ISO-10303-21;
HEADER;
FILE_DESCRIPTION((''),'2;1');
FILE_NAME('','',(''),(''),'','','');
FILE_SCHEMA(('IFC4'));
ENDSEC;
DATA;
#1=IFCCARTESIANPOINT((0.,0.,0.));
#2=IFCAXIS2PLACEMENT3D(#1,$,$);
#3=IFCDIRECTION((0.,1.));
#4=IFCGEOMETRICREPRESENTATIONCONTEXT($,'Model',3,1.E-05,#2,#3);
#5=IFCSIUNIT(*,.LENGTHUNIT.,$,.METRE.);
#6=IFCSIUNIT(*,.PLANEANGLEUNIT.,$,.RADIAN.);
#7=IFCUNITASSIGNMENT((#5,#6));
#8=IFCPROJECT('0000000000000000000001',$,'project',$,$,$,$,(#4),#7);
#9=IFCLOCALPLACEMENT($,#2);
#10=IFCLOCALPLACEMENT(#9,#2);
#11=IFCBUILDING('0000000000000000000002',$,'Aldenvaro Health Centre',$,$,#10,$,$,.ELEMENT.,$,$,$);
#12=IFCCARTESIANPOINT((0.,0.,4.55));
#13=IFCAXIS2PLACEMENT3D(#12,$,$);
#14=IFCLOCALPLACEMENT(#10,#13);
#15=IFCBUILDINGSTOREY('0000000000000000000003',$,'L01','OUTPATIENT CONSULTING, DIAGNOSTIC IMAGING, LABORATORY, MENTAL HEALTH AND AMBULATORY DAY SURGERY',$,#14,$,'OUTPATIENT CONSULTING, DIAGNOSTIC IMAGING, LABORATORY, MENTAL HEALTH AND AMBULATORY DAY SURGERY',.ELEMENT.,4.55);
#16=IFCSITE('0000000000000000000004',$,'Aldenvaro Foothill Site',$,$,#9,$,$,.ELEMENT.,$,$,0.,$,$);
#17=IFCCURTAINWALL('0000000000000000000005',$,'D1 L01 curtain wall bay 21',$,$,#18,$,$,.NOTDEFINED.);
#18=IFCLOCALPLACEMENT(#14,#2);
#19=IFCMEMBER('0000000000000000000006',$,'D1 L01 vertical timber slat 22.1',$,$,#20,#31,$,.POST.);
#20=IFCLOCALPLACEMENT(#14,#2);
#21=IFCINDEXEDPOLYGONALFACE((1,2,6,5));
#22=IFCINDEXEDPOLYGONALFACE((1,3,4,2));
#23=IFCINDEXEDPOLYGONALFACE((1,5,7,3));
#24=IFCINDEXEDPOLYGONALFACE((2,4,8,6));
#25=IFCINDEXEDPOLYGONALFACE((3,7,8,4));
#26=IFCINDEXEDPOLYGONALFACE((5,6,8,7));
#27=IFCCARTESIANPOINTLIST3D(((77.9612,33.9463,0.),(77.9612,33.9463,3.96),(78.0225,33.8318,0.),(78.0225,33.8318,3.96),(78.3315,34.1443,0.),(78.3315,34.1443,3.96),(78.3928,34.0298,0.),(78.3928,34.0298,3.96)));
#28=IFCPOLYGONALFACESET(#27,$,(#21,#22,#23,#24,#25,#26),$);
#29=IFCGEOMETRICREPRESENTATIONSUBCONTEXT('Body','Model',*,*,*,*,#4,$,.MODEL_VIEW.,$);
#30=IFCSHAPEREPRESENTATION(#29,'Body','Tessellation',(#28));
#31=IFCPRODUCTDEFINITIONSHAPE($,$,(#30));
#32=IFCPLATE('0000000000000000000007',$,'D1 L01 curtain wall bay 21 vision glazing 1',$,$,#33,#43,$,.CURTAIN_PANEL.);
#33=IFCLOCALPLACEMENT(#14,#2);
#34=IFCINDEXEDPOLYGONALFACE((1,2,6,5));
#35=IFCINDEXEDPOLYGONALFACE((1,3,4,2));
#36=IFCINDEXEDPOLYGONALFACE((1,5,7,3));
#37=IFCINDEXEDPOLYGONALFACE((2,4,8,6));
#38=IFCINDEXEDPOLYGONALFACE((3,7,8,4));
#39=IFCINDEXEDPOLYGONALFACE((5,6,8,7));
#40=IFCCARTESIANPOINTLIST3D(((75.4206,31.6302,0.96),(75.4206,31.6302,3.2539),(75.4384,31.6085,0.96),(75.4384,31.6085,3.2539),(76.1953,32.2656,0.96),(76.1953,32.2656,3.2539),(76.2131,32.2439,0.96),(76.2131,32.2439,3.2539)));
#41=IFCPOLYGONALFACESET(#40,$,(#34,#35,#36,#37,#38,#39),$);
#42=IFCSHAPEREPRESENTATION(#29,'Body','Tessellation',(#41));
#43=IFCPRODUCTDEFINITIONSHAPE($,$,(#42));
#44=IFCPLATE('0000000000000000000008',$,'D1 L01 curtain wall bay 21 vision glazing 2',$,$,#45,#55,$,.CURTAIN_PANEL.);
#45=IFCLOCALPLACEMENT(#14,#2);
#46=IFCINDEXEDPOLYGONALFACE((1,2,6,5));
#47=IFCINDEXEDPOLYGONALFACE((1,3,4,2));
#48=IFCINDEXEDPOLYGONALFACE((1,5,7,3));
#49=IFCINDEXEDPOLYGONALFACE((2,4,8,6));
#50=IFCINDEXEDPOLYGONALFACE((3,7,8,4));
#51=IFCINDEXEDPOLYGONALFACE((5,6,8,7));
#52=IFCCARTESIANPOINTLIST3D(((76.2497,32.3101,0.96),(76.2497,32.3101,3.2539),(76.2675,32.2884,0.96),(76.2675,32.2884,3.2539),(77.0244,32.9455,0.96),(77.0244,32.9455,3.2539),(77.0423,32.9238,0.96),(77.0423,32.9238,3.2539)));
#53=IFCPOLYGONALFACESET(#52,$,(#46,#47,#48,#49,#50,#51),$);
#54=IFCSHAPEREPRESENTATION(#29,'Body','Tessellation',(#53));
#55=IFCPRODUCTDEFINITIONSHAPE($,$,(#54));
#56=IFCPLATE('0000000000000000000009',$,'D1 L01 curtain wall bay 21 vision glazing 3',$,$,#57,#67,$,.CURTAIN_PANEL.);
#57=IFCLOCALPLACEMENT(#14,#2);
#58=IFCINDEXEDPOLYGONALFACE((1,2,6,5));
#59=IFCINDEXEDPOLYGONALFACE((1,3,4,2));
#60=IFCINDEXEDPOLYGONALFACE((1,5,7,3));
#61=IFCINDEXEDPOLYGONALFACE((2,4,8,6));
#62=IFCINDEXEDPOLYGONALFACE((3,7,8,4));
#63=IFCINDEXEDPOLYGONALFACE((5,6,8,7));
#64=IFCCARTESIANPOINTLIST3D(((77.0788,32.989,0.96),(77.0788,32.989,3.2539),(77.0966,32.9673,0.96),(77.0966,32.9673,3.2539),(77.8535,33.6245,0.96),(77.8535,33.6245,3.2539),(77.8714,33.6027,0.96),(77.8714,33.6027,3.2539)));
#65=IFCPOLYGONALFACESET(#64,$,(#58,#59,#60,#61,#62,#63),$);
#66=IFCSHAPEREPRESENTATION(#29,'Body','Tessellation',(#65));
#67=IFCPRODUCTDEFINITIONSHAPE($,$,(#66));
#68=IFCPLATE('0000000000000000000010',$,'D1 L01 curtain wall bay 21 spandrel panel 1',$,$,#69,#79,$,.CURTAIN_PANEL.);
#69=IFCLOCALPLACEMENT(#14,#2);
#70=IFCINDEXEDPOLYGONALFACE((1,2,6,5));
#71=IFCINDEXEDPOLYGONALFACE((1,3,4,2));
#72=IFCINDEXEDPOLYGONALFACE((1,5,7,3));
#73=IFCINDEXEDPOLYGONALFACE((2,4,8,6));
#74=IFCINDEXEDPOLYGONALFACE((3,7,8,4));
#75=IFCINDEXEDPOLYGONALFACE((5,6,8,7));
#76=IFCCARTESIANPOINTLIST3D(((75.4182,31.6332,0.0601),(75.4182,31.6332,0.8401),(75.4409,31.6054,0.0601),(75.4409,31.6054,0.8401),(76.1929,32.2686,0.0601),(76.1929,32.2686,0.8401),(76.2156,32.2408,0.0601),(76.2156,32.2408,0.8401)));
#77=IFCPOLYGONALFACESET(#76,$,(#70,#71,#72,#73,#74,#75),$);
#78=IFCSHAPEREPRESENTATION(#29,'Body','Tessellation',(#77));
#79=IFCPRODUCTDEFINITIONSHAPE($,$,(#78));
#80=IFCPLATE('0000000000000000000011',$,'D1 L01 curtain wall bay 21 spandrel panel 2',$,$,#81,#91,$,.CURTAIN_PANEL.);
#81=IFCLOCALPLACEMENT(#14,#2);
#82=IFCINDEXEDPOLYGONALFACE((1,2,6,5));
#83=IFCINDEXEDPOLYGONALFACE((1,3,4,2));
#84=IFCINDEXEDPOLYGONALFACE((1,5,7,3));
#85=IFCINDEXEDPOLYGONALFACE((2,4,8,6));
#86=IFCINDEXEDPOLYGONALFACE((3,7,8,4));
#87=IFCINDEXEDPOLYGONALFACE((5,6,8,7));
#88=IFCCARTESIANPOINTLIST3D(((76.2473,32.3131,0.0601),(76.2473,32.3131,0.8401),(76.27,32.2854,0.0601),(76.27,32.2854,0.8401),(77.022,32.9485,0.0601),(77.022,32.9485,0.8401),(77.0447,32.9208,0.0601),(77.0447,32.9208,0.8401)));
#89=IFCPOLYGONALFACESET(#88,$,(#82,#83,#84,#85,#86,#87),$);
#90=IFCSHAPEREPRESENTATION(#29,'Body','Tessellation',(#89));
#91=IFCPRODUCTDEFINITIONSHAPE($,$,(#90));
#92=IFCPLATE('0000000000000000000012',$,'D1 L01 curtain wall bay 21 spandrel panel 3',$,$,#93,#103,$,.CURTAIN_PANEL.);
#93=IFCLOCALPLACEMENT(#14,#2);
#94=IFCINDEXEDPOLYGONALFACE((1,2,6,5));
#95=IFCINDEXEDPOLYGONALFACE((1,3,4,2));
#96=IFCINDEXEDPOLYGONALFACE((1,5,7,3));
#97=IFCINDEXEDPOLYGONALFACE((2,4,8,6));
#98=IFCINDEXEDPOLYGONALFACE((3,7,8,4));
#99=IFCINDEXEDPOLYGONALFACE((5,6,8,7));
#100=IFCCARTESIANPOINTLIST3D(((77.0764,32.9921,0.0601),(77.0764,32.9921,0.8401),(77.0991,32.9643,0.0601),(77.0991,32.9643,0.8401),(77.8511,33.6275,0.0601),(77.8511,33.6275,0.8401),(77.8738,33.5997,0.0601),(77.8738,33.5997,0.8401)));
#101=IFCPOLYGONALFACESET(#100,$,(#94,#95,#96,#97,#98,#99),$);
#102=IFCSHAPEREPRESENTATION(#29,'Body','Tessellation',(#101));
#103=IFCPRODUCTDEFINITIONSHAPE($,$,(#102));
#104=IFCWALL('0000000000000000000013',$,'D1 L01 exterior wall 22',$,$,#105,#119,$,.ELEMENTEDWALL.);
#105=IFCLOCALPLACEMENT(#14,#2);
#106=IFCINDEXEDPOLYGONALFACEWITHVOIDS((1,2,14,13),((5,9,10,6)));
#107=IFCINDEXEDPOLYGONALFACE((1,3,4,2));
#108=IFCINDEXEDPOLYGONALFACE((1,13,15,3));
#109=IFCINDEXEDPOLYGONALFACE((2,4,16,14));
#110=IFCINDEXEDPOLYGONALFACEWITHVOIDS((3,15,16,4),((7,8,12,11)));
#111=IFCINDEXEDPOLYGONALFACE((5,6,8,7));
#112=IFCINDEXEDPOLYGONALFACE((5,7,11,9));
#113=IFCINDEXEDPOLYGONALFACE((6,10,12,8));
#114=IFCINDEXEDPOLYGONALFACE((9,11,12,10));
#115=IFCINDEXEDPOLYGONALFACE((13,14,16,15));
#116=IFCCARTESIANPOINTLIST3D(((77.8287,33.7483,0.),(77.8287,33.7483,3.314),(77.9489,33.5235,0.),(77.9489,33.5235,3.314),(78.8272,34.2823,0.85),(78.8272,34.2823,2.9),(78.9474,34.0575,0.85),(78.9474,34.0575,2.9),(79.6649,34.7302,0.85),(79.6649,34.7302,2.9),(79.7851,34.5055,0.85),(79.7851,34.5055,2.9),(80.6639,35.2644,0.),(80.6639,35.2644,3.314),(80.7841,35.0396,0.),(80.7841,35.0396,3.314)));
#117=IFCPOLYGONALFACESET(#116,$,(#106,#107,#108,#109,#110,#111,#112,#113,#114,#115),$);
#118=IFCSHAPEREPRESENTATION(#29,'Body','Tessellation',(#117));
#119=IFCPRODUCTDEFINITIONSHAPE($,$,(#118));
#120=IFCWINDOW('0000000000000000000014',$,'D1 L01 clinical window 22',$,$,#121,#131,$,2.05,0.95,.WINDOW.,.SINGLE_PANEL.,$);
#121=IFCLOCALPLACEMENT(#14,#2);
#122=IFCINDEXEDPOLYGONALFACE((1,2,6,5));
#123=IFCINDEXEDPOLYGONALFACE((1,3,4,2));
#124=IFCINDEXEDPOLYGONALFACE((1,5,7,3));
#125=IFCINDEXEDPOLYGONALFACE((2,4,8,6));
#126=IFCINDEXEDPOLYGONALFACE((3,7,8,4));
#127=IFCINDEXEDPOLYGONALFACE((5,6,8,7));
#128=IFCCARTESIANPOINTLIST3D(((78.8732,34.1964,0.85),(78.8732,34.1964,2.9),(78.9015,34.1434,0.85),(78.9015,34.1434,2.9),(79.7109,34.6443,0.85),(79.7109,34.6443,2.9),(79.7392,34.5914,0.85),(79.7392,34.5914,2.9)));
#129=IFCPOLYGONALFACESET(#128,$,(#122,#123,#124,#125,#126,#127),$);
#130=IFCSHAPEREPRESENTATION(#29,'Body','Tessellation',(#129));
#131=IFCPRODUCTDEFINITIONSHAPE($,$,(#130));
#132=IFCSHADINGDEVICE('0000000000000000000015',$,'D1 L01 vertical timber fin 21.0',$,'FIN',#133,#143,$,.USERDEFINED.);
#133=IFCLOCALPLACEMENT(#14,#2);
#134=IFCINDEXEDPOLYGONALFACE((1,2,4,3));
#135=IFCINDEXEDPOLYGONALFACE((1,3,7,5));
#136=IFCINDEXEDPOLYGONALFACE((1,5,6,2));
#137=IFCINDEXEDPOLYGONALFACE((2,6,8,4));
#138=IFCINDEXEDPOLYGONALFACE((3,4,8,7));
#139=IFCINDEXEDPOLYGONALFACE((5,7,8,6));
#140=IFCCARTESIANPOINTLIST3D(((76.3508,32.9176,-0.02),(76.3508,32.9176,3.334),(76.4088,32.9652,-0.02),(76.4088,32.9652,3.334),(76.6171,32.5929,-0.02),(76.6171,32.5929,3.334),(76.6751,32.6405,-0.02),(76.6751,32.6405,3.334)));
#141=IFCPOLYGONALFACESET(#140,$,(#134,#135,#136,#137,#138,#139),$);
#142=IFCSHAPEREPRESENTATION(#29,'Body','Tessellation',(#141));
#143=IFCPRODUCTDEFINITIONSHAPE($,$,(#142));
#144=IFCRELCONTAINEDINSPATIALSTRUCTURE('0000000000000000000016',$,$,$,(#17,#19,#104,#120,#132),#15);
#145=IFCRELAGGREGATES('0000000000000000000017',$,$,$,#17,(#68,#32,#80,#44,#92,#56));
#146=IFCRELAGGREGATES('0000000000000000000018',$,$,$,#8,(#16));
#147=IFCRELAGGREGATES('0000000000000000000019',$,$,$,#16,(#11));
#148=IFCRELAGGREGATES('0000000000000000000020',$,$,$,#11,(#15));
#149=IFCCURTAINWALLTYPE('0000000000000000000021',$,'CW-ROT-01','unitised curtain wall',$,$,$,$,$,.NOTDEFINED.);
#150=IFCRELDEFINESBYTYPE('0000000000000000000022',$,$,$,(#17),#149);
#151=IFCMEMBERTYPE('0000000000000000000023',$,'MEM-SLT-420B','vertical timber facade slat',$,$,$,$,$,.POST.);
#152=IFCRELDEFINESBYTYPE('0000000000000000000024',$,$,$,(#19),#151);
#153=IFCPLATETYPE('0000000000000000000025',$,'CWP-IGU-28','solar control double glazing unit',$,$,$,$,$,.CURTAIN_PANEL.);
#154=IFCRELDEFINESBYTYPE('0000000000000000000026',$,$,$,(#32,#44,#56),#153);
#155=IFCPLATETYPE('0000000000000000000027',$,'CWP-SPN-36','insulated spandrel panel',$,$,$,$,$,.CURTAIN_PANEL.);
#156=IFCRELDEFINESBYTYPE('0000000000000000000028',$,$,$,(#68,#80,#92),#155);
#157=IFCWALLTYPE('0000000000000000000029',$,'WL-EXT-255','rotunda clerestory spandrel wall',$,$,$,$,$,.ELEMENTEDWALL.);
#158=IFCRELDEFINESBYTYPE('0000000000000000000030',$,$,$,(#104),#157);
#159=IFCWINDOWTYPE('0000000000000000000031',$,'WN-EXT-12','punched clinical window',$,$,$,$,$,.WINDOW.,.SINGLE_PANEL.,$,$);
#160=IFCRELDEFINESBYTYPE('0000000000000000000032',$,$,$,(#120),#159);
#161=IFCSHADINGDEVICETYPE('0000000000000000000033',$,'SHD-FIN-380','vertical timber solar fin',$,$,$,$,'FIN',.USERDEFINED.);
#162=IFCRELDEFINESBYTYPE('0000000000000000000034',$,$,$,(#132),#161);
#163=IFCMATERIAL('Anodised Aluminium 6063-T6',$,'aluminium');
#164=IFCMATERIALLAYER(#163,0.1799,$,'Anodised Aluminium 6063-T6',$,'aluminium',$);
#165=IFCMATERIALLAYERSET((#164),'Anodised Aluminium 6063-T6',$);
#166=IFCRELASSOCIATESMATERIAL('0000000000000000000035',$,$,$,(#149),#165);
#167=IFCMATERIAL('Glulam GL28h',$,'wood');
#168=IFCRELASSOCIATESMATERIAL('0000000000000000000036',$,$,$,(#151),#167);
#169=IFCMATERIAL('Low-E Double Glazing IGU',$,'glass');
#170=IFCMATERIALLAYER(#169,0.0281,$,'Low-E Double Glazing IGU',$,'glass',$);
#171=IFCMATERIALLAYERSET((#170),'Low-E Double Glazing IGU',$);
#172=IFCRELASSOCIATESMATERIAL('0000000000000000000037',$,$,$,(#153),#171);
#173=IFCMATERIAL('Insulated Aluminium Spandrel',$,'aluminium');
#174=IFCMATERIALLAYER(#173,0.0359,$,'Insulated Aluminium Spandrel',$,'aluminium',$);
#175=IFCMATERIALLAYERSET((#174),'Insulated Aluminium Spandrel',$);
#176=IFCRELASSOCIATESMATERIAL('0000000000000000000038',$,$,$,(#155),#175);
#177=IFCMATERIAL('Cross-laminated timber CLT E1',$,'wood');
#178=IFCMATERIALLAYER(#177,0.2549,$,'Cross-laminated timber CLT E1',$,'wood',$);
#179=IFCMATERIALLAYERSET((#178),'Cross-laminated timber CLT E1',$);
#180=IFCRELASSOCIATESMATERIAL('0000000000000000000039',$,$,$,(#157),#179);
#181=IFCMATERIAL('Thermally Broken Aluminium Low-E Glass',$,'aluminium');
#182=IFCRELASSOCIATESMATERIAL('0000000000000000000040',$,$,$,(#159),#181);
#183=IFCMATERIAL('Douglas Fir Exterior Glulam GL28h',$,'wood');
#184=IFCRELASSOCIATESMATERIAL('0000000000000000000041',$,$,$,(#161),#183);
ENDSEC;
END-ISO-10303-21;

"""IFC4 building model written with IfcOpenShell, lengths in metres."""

from ifc_helpers import new_model, si_unit, direction, frame, frame_2d, origin, origin_2d, place, context, subcontext, project, spatial, rectangle, extrude, material, layer, layer_set, material_profile, profile_set, type_object, element, fill, aggregate, save


model = new_model("IFC4")

# Units and contexts
model_context = context("Model", 3, precision=1e-05, world=origin(), true_north=direction((0.0, 1.0)))
body_context = subcontext(model_context, "Body", "Model", "MODEL_VIEW")
ifc_project = project(units=[si_unit("LENGTHUNIT", "METRE"), si_unit("PLANEANGLEUNIT", "RADIAN")], contexts=[model_context])

# Site, building, storey
site_placement = place(None, origin())
site = spatial("IfcSite", under=ifc_project, at=site_placement, Name="Aldenvaro Foothill Site", CompositionType="ELEMENT", RefElevation=0.0)
building_placement = place(site_placement, origin())
building = spatial("IfcBuilding", under=site, at=building_placement, Name="Aldenvaro Health Centre", CompositionType="ELEMENT")
storey_placement = place(building_placement, frame((0.0, 0.0, 4.55)))
storey = spatial("IfcBuildingStorey", under=building, at=storey_placement, Name="L01", Description="OUTPATIENT CONSULTING, DIAGNOSTIC IMAGING, LABORATORY, MENTAL HEALTH AND AMBULATORY DAY SURGERY", LongName="OUTPATIENT CONSULTING, DIAGNOSTIC IMAGING, LABORATORY, MENTAL HEALTH AND AMBULATORY DAY SURGERY", CompositionType="ELEMENT", Elevation=4.55)

# Curtain wall
ifc_material_1 = material(Name="Anodised Aluminium 6063-T6", Category="aluminium")
ifc_layer_1 = layer(ifc_material_1, 0.1799, Name="Anodised Aluminium 6063-T6", Category="aluminium")
ifc_layer_set_1 = layer_set([ifc_layer_1], Name="Anodised Aluminium 6063-T6")
curtain_wall_type = type_object("IfcCurtainWallType", Name="CW-ROT-01", Description="unitised curtain wall", PredefinedType="NOTDEFINED", material=ifc_layer_set_1)
curtain_wall_placement = place(storey_placement, origin())
curtain_wall = element("IfcCurtainWall", 1, at=curtain_wall_placement, inside=storey, type_object=curtain_wall_type, Name="D1 L01 curtain wall bay 21", PredefinedType="NOTDEFINED")

# Member
ifc_material_2 = material(Name="Glulam GL28h", Category="wood")
ifc_material_profile_1 = material_profile(ifc_material_2, rectangle(XDim=0.1299, YDim=0.4199, at=origin_2d()), Name="GL 130x420", Category="wood")
ifc_profile_set_1 = profile_set([ifc_material_profile_1], Name="Glulam GL28h")
member_type_1 = type_object("IfcMemberType", Name="MEM-SLT-420B", Description="vertical timber facade slat", PredefinedType="POST", material=ifc_profile_set_1)
member_1_placement = place(storey_placement, frame((78.177, 33.988, 0.0), z_axis=(0.0, 0.0, 1.0), x_axis=(-0.471557, 0.881836, 0.0)))
element("IfcMember", 2, at=member_1_placement, inside=storey, type_object=member_type_1, Name="D1 L01 vertical timber slat 22.1", PredefinedType="POST", context=body_context, shape_type="SweptSolid", body=[
    extrude(rectangle(XDim=0.1299, YDim=0.4199, at=origin_2d()), origin(), (0.0, 0.0, 1.0), 3.96),
])

# Plates
ifc_material_3 = material(Name="Low-E Double Glazing IGU", Category="glass")
ifc_layer_2 = layer(ifc_material_3, 0.0281, Name="Low-E Double Glazing IGU", Category="glass")
ifc_layer_set_2 = layer_set([ifc_layer_2], Name="Low-E Double Glazing IGU")
plate_type_1 = type_object("IfcPlateType", Name="CWP-IGU-28", Description="solar control double glazing unit", PredefinedType="CURTAIN_PANEL", material=ifc_layer_set_2)
plate_1_placement = place(storey_placement, frame((75.8169, 31.937, 0.96), z_axis=(0.0, 0.0, 1.0), x_axis=(0.773195, 0.634169, 0.0)))
plate_1 = element("IfcPlate", 3, at=plate_1_placement, type_object=plate_type_1, Name="D1 L01 curtain wall bay 21 vision glazing 1", PredefinedType="CURTAIN_PANEL", context=body_context, shape_type="SweptSolid", body=[
    extrude(rectangle(XDim=1.002, YDim=0.0281, at=origin_2d()), origin(), (0.0, 0.0, 1.0), 2.2939),
])
plate_2_placement = place(storey_placement, frame((76.646, 32.6169, 0.96), z_axis=(0.0, 0.0, 1.0), x_axis=(0.773195, 0.634169, 0.0)))
plate_2 = element("IfcPlate", 4, at=plate_2_placement, type_object=plate_type_1, Name="D1 L01 curtain wall bay 21 vision glazing 2", PredefinedType="CURTAIN_PANEL", context=body_context, shape_type="SweptSolid", body=[
    extrude(rectangle(XDim=1.002, YDim=0.0281, at=origin_2d()), origin(), (0.0, 0.0, 1.0), 2.2939),
])
plate_3_placement = place(storey_placement, frame((77.4751, 33.2959, 0.96), z_axis=(0.0, 0.0, 1.0), x_axis=(0.773195, 0.634169, 0.0)))
plate_3 = element("IfcPlate", 5, at=plate_3_placement, type_object=plate_type_1, Name="D1 L01 curtain wall bay 21 vision glazing 3", PredefinedType="CURTAIN_PANEL", context=body_context, shape_type="SweptSolid", body=[
    extrude(rectangle(XDim=1.002, YDim=0.0281, at=origin_2d()), origin(), (0.0, 0.0, 1.0), 2.2939),
])
ifc_material_4 = material(Name="Insulated Aluminium Spandrel", Category="aluminium")
ifc_layer_3 = layer(ifc_material_4, 0.0359, Name="Insulated Aluminium Spandrel", Category="aluminium")
ifc_layer_set_3 = layer_set([ifc_layer_3], Name="Insulated Aluminium Spandrel")
plate_type_2 = type_object("IfcPlateType", Name="CWP-SPN-36", Description="insulated spandrel panel", PredefinedType="CURTAIN_PANEL", material=ifc_layer_set_3)
plate_4_placement = place(storey_placement, frame((75.8169, 31.937, 0.0601), z_axis=(0.0, 0.0, 1.0), x_axis=(0.773195, 0.634169, 0.0)))
plate_4 = element("IfcPlate", 6, at=plate_4_placement, type_object=plate_type_2, Name="D1 L01 curtain wall bay 21 spandrel panel 1", PredefinedType="CURTAIN_PANEL", context=body_context, shape_type="SweptSolid", body=[
    extrude(rectangle(XDim=1.002, YDim=0.0359, at=origin_2d()), origin(), (0.0, 0.0, 1.0), 0.78),
])
plate_5_placement = place(storey_placement, frame((76.646, 32.6169, 0.0601), z_axis=(0.0, 0.0, 1.0), x_axis=(0.773195, 0.634169, 0.0)))
plate_5 = element("IfcPlate", 7, at=plate_5_placement, type_object=plate_type_2, Name="D1 L01 curtain wall bay 21 spandrel panel 2", PredefinedType="CURTAIN_PANEL", context=body_context, shape_type="SweptSolid", body=[
    extrude(rectangle(XDim=1.002, YDim=0.0359, at=origin_2d()), origin(), (0.0, 0.0, 1.0), 0.78),
])
plate_6_placement = place(storey_placement, frame((77.4751, 33.2959, 0.0601), z_axis=(0.0, 0.0, 1.0), x_axis=(0.773195, 0.634169, 0.0)))
plate_6 = element("IfcPlate", 8, at=plate_6_placement, type_object=plate_type_2, Name="D1 L01 curtain wall bay 21 spandrel panel 3", PredefinedType="CURTAIN_PANEL", context=body_context, shape_type="SweptSolid", body=[
    extrude(rectangle(XDim=1.002, YDim=0.0359, at=origin_2d()), origin(), (0.0, 0.0, 1.0), 0.78),
])
aggregate(curtain_wall, [plate_4, plate_1, plate_5, plate_2, plate_6, plate_3])

# Wall, opening, window
ifc_material_5 = material(Name="Cross-laminated timber CLT E1", Category="wood")
ifc_layer_4 = layer(ifc_material_5, 0.2549, Name="Cross-laminated timber CLT E1", Category="wood")
ifc_layer_set_4 = layer_set([ifc_layer_4], Name="Cross-laminated timber CLT E1")
wall_type = type_object("IfcWallType", Name="WL-EXT-255", Description="rotunda clerestory spandrel wall", PredefinedType="ELEMENTEDWALL", material=ifc_layer_set_4)
wall_placement = place(storey_placement, frame((77.8889, 33.636, 0.0), z_axis=(0.0, 0.0, 1.0), x_axis=(0.881835, 0.471558, 0.0)))
wall = element("IfcWall", 9, at=wall_placement, inside=storey, type_object=wall_type, Name="D1 L01 exterior wall 22", PredefinedType="ELEMENTEDWALL", context=body_context, shape_type="SweptSolid", body=[
    extrude(rectangle(XDim=3.2151, YDim=0.2549, at=frame_2d((1.6074, 0.0))), origin(), (0.0, 0.0, 1.0), 3.314),
])
opening_placement = place(wall_placement, frame((1.1321, 0.0, 0.8501)))
opening = element("IfcOpeningElement", 10, at=opening_placement, cuts=wall, PredefinedType="OPENING", context=body_context, shape_type="SweptSolid", body=[
    extrude(rectangle(XDim=0.95, YDim=2.05, at=frame_2d((0.4751, 1.0249))), frame((0.0, 0.1375, 0.0), z_axis=(0.0, -1.0, 0.0), x_axis=(1.0, 0.0, 0.0)), (0.0, 0.0, 1.0), 0.2749),
])
ifc_material_6 = material(Name="Thermally Broken Aluminium Low-E Glass", Category="aluminium")
window_type = type_object("IfcWindowType", Name="WN-EXT-12", Description="punched clinical window", PartitioningType="SINGLE_PANEL", PredefinedType="WINDOW", material=ifc_material_6)
window_placement = place(opening_placement, origin())
window = element("IfcWindow", 11, at=window_placement, inside=storey, type_object=window_type, Name="D1 L01 clinical window 22", OverallHeight=2.05, OverallWidth=0.95, PartitioningType="SINGLE_PANEL", PredefinedType="WINDOW", context=body_context, shape_type="SweptSolid", body=[
    extrude(rectangle(XDim=0.95, YDim=2.05, at=frame_2d((0.4751, 1.0249))), frame((0.0, 0.03, 0.0), z_axis=(0.0, -1.0, 0.0), x_axis=(1.0, 0.0, 0.0)), (0.0, 0.0, 1.0), 0.0601),
])
fill(opening, window)

# Shading device
ifc_material_7 = material(Name="Douglas Fir Exterior Glulam GL28h", Category="wood")
shading_device_type = type_object("IfcShadingDeviceType", Name="SHD-FIN-380", Description="vertical timber solar fin", ElementType="FIN", PredefinedType="USERDEFINED", material=ifc_material_7)
shading_device_placement = place(storey_placement, frame((76.5129, 32.7791, -0.02), z_axis=(0.0, 0.0, 1.0), x_axis=(0.773195, 0.634169, 0.0)))
element("IfcShadingDevice", 12, at=shading_device_placement, inside=storey, type_object=shading_device_type, Name="D1 L01 vertical timber fin 21.0", ObjectType="FIN", PredefinedType="USERDEFINED", context=body_context, shape_type="SweptSolid", body=[
    extrude(rectangle(XDim=0.075, YDim=0.4199, at=origin_2d()), origin(), (0.0, 0.0, 1.0), 3.354),
])

save(model, "model.ifc")
